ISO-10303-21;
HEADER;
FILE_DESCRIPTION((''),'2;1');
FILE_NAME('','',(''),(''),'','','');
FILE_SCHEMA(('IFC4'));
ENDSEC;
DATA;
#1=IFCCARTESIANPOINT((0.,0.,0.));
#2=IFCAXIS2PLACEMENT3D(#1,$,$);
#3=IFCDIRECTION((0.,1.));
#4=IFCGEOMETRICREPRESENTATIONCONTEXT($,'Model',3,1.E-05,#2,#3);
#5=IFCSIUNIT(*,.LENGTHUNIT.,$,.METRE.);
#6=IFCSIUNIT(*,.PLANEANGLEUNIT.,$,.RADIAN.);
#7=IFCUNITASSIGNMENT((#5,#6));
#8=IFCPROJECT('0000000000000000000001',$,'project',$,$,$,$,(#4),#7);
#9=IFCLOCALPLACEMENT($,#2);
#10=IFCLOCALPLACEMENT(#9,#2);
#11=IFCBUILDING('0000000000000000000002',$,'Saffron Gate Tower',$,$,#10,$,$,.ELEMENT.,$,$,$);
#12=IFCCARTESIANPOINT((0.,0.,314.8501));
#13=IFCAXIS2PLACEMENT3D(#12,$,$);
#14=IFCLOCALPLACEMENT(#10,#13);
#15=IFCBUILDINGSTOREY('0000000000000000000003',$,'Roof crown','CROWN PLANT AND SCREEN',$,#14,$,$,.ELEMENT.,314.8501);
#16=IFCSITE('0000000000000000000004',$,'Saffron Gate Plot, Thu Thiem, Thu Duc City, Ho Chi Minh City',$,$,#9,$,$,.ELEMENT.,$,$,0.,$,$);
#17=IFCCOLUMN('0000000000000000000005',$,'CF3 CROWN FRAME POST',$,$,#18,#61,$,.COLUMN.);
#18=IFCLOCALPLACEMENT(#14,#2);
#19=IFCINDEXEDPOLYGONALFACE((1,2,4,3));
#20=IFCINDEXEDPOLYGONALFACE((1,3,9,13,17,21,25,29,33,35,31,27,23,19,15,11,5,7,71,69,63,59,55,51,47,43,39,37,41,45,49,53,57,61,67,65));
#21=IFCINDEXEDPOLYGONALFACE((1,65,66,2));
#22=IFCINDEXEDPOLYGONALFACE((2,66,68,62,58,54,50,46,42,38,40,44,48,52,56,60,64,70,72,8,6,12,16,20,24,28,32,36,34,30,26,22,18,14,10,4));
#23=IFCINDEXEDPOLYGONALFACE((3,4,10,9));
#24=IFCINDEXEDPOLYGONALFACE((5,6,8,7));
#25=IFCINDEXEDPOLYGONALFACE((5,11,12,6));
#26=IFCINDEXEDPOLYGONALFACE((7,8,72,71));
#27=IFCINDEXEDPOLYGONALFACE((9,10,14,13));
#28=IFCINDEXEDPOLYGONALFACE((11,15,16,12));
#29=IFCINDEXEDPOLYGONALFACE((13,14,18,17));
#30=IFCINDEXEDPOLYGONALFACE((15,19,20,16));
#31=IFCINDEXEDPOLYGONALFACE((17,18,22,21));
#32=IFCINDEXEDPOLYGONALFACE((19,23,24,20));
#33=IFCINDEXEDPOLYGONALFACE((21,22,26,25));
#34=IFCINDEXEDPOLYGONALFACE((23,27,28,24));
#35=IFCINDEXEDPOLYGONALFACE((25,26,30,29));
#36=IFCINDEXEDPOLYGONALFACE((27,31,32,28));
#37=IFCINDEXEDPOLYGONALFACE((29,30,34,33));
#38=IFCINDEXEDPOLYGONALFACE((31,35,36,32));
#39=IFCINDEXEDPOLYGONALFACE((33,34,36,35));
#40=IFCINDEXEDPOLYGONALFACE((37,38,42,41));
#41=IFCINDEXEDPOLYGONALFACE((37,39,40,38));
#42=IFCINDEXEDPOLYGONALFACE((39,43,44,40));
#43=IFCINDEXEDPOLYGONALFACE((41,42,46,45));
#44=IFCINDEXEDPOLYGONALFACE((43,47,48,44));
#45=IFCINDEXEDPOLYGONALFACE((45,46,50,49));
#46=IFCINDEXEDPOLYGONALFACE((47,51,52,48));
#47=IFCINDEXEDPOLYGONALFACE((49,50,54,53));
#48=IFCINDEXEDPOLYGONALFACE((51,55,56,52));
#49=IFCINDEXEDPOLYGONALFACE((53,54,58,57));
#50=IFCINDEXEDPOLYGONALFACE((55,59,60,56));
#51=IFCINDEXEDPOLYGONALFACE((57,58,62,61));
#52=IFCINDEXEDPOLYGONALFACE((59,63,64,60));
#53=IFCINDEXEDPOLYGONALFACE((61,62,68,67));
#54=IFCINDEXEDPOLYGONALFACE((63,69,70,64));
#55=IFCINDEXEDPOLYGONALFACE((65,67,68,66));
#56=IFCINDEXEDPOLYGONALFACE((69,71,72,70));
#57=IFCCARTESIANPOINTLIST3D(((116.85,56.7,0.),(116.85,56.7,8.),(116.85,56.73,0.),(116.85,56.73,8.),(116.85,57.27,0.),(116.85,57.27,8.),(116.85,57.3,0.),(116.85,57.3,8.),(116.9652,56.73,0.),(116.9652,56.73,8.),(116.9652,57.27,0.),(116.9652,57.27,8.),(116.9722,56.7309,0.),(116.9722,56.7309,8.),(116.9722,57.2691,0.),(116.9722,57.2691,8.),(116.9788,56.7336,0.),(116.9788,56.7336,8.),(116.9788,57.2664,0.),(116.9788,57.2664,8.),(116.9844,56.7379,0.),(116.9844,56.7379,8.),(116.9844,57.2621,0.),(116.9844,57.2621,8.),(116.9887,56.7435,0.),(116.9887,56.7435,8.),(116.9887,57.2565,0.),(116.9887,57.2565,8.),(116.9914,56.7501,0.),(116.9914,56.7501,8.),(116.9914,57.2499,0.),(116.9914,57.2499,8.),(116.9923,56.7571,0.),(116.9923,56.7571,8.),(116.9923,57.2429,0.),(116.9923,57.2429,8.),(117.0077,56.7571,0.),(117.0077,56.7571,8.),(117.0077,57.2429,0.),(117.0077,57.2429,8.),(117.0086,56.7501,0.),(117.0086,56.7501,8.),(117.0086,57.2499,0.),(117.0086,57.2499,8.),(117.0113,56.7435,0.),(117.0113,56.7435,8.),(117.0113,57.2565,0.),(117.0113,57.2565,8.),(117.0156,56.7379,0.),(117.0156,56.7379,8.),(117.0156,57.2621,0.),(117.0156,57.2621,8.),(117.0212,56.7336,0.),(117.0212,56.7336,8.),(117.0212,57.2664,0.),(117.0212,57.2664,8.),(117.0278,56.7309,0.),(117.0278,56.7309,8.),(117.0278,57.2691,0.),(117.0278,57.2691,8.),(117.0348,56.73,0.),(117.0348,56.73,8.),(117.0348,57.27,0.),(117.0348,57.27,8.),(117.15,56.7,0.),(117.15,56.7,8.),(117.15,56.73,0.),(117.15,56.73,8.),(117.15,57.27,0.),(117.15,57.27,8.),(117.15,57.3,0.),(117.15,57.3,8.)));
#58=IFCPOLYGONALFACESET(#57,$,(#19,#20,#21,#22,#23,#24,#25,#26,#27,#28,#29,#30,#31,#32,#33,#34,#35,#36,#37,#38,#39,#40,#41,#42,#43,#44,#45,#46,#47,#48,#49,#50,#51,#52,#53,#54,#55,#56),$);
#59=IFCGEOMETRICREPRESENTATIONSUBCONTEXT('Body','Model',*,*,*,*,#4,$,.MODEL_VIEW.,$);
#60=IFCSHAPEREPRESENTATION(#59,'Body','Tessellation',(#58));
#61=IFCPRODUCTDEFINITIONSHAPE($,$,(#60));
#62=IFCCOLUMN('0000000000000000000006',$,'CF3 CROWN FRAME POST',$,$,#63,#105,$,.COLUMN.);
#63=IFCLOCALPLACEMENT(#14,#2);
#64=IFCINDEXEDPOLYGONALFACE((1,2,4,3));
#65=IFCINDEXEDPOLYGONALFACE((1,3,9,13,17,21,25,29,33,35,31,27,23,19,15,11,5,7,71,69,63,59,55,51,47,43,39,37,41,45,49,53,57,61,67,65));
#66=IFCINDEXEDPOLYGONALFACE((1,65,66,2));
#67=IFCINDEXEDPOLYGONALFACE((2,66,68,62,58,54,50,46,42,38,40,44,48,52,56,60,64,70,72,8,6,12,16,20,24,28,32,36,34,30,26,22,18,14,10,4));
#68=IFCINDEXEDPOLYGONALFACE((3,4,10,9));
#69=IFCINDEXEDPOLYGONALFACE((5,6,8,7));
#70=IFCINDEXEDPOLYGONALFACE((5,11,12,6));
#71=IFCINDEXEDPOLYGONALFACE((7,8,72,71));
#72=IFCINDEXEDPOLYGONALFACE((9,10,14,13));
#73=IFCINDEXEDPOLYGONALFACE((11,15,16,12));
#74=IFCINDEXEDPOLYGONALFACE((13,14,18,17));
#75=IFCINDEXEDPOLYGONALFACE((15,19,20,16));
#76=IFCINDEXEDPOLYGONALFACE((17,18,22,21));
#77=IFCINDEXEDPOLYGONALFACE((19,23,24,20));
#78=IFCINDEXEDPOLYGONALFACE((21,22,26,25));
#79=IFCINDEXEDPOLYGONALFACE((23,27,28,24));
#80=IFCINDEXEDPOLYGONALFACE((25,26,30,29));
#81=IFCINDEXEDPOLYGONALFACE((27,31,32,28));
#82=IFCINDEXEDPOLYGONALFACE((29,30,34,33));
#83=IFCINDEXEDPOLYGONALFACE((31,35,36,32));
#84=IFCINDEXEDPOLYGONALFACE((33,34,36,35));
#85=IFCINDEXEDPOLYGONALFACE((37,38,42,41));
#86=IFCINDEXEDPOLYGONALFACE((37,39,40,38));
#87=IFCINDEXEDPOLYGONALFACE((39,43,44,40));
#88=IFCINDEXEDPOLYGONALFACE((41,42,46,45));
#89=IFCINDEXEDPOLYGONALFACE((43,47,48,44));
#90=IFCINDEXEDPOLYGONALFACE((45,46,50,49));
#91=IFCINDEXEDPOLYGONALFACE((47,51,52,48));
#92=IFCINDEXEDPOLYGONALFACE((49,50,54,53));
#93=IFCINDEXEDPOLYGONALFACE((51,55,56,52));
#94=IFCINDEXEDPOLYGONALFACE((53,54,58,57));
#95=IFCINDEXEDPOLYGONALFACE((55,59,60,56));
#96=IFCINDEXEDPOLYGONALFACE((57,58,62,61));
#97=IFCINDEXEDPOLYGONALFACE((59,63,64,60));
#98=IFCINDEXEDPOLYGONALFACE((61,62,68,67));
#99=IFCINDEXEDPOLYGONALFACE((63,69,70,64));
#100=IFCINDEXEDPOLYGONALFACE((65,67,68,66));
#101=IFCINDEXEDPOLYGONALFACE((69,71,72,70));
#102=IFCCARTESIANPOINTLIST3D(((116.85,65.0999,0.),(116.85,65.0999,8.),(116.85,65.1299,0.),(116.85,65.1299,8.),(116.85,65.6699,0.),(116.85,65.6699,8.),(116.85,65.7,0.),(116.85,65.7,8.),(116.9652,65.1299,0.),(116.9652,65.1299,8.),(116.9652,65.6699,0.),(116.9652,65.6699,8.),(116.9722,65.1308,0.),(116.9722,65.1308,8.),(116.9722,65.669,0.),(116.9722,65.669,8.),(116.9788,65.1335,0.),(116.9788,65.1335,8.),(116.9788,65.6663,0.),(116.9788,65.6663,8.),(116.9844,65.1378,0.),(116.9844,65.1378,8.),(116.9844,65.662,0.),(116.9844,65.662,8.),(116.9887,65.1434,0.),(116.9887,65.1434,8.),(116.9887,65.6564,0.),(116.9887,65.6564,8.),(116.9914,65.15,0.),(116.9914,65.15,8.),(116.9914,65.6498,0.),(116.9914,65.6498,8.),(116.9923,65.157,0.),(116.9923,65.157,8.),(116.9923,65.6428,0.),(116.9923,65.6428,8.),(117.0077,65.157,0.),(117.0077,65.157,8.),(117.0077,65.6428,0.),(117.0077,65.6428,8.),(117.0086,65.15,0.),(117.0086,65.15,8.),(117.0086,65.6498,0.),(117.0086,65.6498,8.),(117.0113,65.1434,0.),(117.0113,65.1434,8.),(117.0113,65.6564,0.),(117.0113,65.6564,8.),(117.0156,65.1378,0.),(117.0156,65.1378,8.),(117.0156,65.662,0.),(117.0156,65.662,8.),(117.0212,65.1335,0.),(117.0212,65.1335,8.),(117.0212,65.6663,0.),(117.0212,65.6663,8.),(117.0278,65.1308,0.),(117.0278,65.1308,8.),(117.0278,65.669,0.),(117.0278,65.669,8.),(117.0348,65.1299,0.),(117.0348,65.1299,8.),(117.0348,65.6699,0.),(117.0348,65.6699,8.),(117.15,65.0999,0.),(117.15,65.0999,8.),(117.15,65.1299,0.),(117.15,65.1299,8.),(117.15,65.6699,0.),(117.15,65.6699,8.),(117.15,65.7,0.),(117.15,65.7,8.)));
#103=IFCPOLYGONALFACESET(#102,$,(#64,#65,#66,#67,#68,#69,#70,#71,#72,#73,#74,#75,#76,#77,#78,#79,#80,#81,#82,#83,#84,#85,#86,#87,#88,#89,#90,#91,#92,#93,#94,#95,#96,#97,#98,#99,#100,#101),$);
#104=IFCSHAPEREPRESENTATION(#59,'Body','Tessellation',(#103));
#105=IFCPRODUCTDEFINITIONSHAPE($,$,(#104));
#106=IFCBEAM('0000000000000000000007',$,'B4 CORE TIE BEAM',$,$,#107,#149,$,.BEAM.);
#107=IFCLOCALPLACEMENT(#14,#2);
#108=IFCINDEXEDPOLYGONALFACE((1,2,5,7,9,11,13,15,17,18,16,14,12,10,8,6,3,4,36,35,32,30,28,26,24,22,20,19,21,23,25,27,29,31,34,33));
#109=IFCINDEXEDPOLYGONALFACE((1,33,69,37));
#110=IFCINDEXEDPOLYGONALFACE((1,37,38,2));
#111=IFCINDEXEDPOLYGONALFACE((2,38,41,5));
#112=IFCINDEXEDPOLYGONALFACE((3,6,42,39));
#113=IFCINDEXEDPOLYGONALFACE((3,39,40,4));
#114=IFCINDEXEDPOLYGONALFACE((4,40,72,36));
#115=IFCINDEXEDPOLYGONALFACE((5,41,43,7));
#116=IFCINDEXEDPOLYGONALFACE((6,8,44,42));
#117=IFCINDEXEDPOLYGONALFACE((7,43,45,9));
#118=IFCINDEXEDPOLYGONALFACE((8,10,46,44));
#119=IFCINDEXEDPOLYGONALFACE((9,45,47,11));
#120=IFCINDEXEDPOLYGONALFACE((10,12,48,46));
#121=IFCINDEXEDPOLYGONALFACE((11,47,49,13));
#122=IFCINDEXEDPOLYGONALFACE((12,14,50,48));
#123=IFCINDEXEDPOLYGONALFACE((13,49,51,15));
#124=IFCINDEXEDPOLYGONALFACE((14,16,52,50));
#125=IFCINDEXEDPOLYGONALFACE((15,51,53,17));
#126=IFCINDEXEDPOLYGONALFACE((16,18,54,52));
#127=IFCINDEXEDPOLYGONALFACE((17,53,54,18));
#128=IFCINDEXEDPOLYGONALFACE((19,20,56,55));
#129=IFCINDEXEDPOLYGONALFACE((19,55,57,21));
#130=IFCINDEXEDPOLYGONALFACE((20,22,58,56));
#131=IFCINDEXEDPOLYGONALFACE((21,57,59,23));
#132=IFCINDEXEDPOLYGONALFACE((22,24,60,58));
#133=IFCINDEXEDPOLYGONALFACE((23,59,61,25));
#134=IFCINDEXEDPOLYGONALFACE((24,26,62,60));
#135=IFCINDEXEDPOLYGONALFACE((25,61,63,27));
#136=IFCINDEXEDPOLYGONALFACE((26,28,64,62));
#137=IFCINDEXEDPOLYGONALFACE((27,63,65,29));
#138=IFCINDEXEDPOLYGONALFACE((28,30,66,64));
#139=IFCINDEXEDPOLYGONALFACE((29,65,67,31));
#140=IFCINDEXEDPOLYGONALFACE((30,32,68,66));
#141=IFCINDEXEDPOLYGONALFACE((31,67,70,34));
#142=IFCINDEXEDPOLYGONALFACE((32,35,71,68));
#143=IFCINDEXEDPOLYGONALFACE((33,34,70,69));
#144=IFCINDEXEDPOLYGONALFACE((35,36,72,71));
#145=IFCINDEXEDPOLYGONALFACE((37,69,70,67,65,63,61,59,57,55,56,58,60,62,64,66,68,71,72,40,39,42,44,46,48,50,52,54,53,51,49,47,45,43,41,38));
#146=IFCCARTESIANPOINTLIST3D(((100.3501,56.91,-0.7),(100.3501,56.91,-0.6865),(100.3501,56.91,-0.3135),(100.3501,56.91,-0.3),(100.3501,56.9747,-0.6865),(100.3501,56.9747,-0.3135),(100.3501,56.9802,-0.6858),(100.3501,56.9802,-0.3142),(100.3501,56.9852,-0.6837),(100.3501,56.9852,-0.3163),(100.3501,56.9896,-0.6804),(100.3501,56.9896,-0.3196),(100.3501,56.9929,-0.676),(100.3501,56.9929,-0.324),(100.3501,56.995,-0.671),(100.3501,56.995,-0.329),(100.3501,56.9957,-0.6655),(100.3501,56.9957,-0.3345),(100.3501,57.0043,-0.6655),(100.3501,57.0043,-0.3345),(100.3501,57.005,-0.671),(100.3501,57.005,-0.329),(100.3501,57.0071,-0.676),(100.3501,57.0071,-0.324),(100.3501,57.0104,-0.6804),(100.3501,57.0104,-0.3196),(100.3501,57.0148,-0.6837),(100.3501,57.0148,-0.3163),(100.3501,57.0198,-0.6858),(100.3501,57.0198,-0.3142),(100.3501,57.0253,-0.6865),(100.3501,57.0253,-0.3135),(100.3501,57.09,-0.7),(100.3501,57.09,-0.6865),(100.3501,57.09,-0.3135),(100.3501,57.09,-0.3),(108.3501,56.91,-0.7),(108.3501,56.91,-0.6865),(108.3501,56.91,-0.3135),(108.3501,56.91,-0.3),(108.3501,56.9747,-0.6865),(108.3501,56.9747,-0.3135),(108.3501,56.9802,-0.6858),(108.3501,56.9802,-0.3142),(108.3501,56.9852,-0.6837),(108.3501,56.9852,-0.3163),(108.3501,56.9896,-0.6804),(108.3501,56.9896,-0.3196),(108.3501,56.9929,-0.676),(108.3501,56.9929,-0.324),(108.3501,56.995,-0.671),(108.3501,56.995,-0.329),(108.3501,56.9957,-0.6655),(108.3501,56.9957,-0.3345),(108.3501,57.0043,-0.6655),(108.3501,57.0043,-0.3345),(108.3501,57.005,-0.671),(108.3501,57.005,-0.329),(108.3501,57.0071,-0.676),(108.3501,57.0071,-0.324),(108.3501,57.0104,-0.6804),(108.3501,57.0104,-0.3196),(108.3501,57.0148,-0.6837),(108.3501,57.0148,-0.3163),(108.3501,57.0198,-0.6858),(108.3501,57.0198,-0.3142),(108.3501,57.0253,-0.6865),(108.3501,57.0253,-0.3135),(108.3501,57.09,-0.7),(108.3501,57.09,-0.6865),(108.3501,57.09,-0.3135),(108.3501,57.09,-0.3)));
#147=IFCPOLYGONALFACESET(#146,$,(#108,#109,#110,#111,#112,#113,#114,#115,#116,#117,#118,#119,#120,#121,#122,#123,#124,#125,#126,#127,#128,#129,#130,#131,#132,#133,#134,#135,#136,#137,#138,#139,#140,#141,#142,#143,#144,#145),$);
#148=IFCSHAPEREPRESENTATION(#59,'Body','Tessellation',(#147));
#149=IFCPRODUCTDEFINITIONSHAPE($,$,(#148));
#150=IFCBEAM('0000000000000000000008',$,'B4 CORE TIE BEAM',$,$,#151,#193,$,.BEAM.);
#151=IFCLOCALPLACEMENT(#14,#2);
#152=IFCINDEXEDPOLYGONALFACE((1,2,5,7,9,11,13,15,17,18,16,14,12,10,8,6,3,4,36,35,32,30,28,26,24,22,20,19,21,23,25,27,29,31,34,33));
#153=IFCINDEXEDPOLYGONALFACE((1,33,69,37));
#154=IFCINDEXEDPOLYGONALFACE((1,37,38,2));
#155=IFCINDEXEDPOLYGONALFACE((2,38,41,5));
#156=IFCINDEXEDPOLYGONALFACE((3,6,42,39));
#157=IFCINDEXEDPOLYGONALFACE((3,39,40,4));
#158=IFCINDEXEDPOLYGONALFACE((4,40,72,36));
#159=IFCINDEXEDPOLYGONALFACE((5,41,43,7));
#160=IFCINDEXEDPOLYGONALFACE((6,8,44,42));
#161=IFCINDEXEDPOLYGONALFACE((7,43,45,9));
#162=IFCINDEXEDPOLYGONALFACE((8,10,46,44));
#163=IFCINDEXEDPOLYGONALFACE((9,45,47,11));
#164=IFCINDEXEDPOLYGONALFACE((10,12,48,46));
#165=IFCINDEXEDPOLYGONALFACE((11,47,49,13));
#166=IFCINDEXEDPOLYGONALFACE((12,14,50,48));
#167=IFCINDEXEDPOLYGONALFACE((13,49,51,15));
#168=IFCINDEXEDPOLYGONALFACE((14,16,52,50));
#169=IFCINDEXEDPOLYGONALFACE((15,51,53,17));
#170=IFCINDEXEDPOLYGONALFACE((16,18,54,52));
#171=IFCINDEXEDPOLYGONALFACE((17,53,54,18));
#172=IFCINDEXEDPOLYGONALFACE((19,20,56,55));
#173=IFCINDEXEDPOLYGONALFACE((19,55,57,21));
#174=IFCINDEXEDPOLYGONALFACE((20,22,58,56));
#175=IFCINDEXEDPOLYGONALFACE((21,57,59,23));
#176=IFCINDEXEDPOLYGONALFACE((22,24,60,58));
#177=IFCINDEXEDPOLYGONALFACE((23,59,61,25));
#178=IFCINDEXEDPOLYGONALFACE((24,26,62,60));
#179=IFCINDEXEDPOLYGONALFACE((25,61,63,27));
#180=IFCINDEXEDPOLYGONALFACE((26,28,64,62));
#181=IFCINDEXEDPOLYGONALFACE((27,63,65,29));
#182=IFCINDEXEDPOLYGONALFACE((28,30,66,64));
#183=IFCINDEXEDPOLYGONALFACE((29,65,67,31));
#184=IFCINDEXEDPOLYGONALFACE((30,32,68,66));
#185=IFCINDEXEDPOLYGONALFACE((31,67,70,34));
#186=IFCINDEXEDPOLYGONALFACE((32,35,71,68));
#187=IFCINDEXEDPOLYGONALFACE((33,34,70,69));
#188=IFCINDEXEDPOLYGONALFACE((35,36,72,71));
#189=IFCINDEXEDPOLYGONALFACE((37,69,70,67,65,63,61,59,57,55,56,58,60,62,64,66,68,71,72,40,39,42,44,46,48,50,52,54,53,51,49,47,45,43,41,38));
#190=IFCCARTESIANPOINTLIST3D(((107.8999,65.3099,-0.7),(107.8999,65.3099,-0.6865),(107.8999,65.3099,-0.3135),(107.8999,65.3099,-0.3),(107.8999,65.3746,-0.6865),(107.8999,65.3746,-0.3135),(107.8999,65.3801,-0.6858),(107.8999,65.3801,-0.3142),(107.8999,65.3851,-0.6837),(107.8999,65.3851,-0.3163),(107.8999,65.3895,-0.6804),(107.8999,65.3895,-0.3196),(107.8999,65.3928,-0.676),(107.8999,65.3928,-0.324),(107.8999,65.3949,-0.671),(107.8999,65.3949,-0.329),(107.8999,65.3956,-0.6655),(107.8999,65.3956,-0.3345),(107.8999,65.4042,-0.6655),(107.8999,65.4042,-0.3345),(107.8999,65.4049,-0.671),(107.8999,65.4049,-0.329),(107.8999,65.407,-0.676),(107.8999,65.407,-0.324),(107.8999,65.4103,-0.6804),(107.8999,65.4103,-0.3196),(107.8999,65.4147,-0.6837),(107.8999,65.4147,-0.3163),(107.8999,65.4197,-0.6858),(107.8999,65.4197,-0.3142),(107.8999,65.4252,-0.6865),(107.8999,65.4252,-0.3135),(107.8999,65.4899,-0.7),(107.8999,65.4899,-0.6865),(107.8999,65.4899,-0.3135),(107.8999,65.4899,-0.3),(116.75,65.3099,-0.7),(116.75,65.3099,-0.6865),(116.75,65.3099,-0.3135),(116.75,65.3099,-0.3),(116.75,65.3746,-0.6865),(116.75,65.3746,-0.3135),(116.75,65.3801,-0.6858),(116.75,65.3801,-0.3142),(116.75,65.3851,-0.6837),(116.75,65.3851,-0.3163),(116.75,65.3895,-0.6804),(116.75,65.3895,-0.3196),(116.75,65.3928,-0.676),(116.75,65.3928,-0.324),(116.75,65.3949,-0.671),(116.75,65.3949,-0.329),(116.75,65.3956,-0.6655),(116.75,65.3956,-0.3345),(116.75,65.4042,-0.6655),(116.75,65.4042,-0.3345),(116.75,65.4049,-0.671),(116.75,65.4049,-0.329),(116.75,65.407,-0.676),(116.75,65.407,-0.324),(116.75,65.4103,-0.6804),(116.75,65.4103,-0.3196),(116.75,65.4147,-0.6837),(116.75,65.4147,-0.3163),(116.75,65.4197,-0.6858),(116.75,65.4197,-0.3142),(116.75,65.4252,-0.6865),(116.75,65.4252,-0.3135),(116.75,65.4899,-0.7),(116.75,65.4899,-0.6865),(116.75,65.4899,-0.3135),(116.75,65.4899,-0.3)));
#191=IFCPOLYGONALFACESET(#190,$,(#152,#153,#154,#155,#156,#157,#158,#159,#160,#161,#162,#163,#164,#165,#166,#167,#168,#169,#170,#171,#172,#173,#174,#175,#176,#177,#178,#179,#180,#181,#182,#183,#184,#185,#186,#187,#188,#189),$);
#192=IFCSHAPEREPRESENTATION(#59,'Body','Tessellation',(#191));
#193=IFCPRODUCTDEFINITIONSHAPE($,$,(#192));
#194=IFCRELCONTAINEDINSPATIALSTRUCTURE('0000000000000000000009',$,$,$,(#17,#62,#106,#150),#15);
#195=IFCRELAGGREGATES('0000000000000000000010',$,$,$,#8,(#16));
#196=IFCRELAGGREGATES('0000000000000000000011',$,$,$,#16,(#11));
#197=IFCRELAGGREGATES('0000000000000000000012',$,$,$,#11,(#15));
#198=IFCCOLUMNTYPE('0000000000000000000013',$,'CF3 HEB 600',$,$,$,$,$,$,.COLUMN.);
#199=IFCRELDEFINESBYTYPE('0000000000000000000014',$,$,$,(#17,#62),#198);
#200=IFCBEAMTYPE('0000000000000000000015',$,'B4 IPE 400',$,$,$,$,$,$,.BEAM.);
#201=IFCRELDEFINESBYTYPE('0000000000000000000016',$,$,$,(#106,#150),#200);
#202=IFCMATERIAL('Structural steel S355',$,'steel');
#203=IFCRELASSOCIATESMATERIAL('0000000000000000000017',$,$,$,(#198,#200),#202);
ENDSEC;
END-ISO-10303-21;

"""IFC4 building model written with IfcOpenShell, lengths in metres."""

from ifc_helpers import new_model, si_unit, direction, frame, origin, origin_2d, place, context, subcontext, project, spatial, i_section, extrude, material, material_profile, profile_set, type_object, element, save


model = new_model("IFC4")

# Units and contexts
model_context = context("Model", 3, precision=1e-05, world=origin(), true_north=direction((0.0, 1.0)))
body_context = subcontext(model_context, "Body", "Model", "MODEL_VIEW")
ifc_project = project(units=[si_unit("LENGTHUNIT", "METRE"), si_unit("PLANEANGLEUNIT", "RADIAN")], contexts=[model_context])

# Site, building, storey
site_placement = place(None, origin())
site = spatial("IfcSite", under=ifc_project, at=site_placement, Name="Saffron Gate Plot, Thu Thiem, Thu Duc City, Ho Chi Minh City", CompositionType="ELEMENT", RefElevation=0.0)
building_placement = place(site_placement, origin())
building = spatial("IfcBuilding", under=site, at=building_placement, Name="Saffron Gate Tower", CompositionType="ELEMENT")
storey_placement = place(building_placement, frame((0.0, 0.0, 314.8501)))
storey = spatial("IfcBuildingStorey", under=building, at=storey_placement, Name="Roof crown", Description="CROWN PLANT AND SCREEN", CompositionType="ELEMENT", Elevation=314.8501)

# Columns
ifc_material_1 = material(Name="Structural steel S355", Category="steel")
ifc_material_profile_1 = material_profile(ifc_material_1, i_section(OverallWidth=0.3, OverallDepth=0.6001, WebThickness=0.0154, FlangeThickness=0.03, FilletRadius=0.0271, at=origin_2d()))
ifc_profile_set_1 = profile_set([ifc_material_profile_1], Name="Structural steel S355")
column_type = type_object("IfcColumnType", Name="CF3 HEB 600", PredefinedType="COLUMN", material=ifc_profile_set_1)
for number, where, z_axis, x_axis, name in (
    (1, (117.0, 57.0, 0.0), (0.0, 0.0, 1.0), (1.0, 0.0, 0.0), "CF3 CROWN FRAME POST"),
    (2, (117.0, 65.3999, 0.0), (0.0, 0.0, 1.0), (1.0, 0.0, 0.0), "CF3 CROWN FRAME POST"),
):
    element("IfcColumn", number, at=place(storey_placement, frame(where, z_axis=z_axis, x_axis=x_axis)), inside=storey, type_object=column_type, Name=name, PredefinedType="COLUMN", context=body_context, shape_type="SweptSolid", body=[
        extrude(i_section(OverallWidth=0.3, OverallDepth=0.6001, WebThickness=0.0154, FlangeThickness=0.03, FilletRadius=0.0271, at=origin_2d()), origin(), (0.0, 0.0, 1.0), 8.0),
    ])

# Beams
ifc_material_profile_2 = material_profile(ifc_material_1, i_section(OverallWidth=0.1799, OverallDepth=0.3999, WebThickness=0.0085, FlangeThickness=0.0134, FilletRadius=0.021, at=origin_2d()))
ifc_profile_set_2 = profile_set([ifc_material_profile_2], Name="Structural steel S355")
beam_type_1 = type_object("IfcBeamType", Name="B4 IPE 400", PredefinedType="BEAM", material=ifc_profile_set_2)
beam_1_placement = place(storey_placement, frame((108.3501, 57.0, -0.5), z_axis=(-1.0, 0.0, 0.0), x_axis=(0.0, -1.0, 0.0)))
element("IfcBeam", 3, at=beam_1_placement, inside=storey, type_object=beam_type_1, Name="B4 CORE TIE BEAM", PredefinedType="BEAM", context=body_context, shape_type="SweptSolid", body=[
    extrude(i_section(OverallWidth=0.1799, OverallDepth=0.3999, WebThickness=0.0085, FlangeThickness=0.0134, FilletRadius=0.021, at=origin_2d()), origin(), (0.0, 0.0, 1.0), 8.0),
])
beam_2_placement = place(storey_placement, frame((116.75, 65.3999, -0.5), z_axis=(-1.0, 0.0, 0.0), x_axis=(0.0, -1.0, 0.0)))
element("IfcBeam", 4, at=beam_2_placement, inside=storey, type_object=beam_type_1, Name="B4 CORE TIE BEAM", PredefinedType="BEAM", context=body_context, shape_type="SweptSolid", body=[
    extrude(i_section(OverallWidth=0.1799, OverallDepth=0.3999, WebThickness=0.0085, FlangeThickness=0.0134, FilletRadius=0.021, at=origin_2d()), origin(), (0.0, 0.0, 1.0), 8.8501),
])

save(model, "model.ifc")
